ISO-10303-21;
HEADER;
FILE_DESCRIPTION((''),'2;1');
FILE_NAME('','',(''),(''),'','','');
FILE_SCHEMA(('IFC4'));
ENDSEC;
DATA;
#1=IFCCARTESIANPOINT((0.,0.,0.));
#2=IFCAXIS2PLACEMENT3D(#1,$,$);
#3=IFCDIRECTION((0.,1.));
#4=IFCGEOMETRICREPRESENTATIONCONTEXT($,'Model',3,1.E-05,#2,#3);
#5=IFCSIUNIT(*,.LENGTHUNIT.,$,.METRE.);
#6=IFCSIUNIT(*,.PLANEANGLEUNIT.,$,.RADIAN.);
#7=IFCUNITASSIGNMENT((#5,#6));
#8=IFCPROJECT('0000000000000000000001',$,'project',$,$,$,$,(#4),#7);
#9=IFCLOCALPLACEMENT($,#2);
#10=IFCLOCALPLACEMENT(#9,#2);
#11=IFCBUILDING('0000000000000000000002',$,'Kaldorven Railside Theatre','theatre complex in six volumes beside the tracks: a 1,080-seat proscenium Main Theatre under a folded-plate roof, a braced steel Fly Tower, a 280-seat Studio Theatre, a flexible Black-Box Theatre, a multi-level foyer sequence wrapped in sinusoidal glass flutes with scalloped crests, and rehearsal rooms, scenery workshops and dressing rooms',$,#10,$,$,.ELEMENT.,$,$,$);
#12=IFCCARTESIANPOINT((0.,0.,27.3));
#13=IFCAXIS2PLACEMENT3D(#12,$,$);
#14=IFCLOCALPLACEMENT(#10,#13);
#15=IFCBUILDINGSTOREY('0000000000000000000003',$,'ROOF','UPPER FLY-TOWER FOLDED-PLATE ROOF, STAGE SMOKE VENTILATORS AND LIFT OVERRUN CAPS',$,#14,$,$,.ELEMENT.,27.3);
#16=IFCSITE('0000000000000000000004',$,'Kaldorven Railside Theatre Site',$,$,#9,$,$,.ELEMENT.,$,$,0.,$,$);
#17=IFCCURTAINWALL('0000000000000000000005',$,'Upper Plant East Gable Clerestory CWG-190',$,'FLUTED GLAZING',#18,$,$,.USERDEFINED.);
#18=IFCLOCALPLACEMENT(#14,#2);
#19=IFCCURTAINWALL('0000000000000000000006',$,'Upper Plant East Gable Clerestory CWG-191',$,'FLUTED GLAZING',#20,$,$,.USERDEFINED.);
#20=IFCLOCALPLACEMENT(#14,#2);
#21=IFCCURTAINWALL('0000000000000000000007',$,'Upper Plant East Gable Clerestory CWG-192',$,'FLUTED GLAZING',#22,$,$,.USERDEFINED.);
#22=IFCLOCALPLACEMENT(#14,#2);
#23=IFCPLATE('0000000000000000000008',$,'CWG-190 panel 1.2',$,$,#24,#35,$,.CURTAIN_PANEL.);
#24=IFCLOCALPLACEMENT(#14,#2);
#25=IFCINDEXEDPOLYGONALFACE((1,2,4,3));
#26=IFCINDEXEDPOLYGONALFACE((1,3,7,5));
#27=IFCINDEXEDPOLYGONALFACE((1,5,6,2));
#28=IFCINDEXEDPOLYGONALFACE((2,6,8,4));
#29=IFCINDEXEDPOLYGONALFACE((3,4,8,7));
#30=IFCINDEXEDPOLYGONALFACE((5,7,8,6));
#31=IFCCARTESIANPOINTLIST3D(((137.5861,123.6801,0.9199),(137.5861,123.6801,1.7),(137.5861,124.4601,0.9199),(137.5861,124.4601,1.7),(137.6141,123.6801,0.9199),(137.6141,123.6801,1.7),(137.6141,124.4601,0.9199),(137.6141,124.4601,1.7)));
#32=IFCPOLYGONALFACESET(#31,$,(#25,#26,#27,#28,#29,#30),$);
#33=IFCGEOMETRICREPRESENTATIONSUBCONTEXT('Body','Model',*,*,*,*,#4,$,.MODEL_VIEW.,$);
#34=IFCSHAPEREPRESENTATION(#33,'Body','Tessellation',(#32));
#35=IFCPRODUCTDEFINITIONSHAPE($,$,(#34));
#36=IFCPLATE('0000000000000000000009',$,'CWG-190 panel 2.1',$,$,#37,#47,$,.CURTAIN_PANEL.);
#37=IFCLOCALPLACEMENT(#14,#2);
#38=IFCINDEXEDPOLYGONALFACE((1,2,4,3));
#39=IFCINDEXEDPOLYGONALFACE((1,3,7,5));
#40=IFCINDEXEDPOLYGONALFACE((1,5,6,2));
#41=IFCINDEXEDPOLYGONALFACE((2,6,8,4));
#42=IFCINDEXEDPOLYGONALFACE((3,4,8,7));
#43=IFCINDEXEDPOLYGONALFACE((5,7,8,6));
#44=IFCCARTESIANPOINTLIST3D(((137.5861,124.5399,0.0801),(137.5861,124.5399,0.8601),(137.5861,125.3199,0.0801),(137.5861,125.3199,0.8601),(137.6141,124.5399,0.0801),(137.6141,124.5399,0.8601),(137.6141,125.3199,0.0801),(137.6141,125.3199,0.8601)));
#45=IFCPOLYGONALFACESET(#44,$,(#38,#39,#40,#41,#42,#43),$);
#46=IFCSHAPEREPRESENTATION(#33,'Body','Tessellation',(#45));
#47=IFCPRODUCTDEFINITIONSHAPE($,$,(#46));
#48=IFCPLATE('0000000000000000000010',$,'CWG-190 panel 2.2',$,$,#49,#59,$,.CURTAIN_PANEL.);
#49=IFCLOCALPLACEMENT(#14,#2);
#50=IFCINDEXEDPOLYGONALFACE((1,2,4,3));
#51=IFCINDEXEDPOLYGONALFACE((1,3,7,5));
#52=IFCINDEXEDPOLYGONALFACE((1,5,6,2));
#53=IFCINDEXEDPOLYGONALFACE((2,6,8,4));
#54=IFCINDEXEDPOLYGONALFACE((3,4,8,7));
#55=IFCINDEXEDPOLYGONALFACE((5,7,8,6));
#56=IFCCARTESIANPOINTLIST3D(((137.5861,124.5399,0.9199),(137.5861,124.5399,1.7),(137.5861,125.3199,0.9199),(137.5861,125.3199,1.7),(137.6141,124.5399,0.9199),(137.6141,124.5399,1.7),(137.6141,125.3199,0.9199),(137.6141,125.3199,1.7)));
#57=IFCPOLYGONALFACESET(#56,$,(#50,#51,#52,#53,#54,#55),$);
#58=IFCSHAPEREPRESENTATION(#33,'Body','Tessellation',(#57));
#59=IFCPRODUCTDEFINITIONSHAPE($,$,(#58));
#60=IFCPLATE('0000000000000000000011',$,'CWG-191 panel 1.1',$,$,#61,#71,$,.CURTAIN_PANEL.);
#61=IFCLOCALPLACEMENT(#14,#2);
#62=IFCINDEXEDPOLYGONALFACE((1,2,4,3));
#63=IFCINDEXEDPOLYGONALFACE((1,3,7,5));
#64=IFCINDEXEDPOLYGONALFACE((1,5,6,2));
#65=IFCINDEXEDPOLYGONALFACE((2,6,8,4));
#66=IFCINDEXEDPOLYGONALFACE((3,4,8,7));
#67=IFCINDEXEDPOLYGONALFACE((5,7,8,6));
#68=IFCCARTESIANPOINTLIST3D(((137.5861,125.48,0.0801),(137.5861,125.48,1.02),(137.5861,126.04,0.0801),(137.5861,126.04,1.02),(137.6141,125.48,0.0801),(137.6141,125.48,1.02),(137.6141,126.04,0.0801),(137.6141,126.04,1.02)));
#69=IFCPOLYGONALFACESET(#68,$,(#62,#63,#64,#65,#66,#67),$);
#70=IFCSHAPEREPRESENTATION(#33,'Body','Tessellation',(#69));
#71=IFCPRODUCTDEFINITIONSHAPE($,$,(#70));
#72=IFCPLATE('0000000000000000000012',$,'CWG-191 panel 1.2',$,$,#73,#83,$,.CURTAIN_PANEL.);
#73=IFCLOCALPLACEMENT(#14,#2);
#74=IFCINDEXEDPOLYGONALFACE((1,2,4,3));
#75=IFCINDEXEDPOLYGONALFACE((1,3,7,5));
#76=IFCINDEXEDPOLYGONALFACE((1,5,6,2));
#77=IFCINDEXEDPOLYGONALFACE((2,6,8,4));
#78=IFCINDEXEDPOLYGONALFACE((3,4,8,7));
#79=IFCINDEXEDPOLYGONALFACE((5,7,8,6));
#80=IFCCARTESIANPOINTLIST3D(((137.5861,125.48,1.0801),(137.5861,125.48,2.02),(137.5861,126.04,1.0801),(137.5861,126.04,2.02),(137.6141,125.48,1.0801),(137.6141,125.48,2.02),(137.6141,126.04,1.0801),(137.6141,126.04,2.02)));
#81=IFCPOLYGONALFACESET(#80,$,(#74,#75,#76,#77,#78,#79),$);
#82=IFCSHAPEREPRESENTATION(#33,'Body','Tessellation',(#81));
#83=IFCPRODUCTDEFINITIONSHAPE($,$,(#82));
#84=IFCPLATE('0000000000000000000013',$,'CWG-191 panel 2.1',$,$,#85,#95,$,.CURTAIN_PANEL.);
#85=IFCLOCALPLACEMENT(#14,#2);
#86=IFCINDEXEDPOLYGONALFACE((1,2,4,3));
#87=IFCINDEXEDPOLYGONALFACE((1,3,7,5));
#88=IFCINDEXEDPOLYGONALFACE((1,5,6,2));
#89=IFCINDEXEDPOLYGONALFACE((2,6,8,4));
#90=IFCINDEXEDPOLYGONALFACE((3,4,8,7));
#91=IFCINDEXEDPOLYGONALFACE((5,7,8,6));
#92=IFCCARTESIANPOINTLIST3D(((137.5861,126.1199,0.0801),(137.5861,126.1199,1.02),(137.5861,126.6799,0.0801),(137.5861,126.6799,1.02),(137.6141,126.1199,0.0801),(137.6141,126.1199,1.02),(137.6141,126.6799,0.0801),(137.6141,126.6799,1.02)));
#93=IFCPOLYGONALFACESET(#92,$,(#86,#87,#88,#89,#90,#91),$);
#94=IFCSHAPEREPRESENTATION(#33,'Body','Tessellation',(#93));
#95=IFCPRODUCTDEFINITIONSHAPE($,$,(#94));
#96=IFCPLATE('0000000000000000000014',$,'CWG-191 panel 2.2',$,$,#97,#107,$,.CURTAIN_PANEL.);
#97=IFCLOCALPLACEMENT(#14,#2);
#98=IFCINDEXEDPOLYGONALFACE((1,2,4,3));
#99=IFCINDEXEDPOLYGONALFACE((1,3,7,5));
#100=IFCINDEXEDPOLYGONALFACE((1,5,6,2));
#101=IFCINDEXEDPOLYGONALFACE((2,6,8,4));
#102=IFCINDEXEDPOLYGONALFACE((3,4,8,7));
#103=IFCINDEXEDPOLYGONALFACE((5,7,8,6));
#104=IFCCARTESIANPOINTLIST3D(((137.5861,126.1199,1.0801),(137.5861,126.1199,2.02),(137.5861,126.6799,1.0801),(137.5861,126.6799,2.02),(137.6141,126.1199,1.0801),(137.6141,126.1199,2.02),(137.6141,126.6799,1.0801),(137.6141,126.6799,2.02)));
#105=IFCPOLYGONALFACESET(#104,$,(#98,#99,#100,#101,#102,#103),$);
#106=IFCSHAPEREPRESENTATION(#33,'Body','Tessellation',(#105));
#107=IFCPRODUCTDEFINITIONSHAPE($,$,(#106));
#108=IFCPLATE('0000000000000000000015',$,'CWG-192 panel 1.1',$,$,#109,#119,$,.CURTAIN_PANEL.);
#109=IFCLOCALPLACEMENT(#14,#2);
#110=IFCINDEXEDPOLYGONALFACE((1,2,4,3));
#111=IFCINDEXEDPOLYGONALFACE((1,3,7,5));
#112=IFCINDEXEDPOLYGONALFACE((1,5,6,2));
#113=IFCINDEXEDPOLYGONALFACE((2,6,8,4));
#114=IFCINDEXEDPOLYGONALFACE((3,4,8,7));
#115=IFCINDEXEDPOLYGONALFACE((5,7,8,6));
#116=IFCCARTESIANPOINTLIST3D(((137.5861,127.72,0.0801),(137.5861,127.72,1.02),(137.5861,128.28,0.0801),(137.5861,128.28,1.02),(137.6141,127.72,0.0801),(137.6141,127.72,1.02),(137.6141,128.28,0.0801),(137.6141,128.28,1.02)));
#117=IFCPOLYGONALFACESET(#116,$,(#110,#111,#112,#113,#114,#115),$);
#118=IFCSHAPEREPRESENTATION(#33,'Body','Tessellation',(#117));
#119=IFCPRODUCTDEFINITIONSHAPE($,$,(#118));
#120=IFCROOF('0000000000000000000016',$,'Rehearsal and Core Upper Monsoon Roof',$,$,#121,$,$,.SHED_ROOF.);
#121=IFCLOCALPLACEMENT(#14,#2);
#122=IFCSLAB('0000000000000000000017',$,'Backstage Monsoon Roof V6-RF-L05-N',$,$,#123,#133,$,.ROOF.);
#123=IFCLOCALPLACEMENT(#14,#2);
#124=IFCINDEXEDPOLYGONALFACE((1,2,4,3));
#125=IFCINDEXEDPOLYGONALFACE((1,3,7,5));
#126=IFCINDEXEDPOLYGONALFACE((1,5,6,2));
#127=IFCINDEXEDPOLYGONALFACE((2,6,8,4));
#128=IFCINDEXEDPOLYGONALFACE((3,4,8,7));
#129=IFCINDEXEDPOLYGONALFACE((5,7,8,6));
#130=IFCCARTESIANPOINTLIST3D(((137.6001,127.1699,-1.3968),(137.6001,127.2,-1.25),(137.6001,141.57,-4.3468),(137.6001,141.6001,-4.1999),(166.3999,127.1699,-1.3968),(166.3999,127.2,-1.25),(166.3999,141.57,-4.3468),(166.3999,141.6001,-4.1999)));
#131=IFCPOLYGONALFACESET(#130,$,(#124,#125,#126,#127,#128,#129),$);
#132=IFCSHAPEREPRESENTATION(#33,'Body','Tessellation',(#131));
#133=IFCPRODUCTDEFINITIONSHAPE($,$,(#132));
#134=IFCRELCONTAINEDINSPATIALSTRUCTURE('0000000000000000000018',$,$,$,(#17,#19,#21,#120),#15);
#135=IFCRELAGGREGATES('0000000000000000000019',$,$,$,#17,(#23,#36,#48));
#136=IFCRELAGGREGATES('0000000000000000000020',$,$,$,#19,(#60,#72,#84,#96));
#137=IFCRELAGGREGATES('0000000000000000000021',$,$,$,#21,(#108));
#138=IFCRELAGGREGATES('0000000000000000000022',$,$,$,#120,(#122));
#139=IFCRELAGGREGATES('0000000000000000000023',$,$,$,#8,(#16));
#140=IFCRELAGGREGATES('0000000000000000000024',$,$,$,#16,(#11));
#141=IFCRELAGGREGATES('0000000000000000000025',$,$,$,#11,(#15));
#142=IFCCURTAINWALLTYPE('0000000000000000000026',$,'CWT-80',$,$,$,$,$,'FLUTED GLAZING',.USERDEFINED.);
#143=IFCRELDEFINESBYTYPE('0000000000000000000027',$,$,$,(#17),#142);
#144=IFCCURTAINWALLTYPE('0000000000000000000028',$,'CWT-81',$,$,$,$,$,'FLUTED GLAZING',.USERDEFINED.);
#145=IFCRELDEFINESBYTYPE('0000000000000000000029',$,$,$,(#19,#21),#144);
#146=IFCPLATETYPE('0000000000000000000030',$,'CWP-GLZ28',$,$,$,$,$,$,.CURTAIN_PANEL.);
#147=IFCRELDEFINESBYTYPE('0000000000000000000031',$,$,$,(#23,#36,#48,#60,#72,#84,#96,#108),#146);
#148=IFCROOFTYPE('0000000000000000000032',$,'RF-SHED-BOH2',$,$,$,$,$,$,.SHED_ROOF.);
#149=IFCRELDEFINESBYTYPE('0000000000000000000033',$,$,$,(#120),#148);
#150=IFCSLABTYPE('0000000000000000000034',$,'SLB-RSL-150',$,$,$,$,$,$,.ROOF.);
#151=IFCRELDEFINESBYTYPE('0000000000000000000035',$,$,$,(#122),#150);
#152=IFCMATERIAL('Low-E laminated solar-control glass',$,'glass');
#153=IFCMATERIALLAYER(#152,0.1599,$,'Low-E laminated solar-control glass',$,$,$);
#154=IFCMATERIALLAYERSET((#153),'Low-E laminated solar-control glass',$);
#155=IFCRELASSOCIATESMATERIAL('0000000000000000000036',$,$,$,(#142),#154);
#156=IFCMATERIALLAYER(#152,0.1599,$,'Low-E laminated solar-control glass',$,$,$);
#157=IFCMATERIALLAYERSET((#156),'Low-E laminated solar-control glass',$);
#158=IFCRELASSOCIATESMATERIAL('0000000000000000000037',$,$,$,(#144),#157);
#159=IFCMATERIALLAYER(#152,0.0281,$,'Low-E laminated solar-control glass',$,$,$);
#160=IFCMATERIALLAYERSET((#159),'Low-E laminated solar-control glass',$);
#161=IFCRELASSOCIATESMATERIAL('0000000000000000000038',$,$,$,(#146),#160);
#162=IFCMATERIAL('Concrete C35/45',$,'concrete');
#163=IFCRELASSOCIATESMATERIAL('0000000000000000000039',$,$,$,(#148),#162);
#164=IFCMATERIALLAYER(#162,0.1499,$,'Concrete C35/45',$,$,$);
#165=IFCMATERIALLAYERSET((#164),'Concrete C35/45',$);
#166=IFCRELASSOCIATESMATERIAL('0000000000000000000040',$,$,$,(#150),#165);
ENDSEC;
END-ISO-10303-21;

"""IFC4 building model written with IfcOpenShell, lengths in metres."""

from ifc_helpers import new_model, si_unit, direction, frame, origin, origin_2d, place, context, subcontext, project, spatial, polyline, rectangle, outline, extrude, material, layer, layer_set, type_object, element, aggregate, save


model = new_model("IFC4")

# Units and contexts
model_context = context("Model", 3, precision=1e-05, world=origin(), true_north=direction((0.0, 1.0)))
body_context = subcontext(model_context, "Body", "Model", "MODEL_VIEW")
ifc_project = project(units=[si_unit("LENGTHUNIT", "METRE"), si_unit("PLANEANGLEUNIT", "RADIAN")], contexts=[model_context])

# Site, building, storey
site_placement = place(None, origin())
site = spatial("IfcSite", under=ifc_project, at=site_placement, Name="Kaldorven Railside Theatre Site", CompositionType="ELEMENT", RefElevation=0.0)
building_placement = place(site_placement, origin())
building = spatial("IfcBuilding", under=site, at=building_placement, Name="Kaldorven Railside Theatre", Description="theatre complex in six volumes beside the tracks: a 1,080-seat proscenium Main Theatre under a folded-plate roof, a braced steel Fly Tower, a 280-seat Studio Theatre, a flexible Black-Box Theatre, a multi-level foyer sequence wrapped in sinusoidal glass flutes with scalloped crests, and rehearsal rooms, scenery workshops and dressing rooms", CompositionType="ELEMENT")
storey_placement = place(building_placement, frame((0.0, 0.0, 27.3)))
storey = spatial("IfcBuildingStorey", under=building, at=storey_placement, Name="ROOF", Description="UPPER FLY-TOWER FOLDED-PLATE ROOF, STAGE SMOKE VENTILATORS AND LIFT OVERRUN CAPS", CompositionType="ELEMENT", Elevation=27.3)

# Curtain walls
ifc_material_1 = material(Name="Low-E laminated solar-control glass", Category="glass")
ifc_layer_1 = layer(ifc_material_1, 0.1599, Name="Low-E laminated solar-control glass")
ifc_layer_set_1 = layer_set([ifc_layer_1], Name="Low-E laminated solar-control glass")
curtain_wall_type_1 = type_object("IfcCurtainWallType", Name="CWT-80", ElementType="FLUTED GLAZING", PredefinedType="USERDEFINED", material=ifc_layer_set_1)
curtain_wall_1_placement = place(storey_placement, origin())
curtain_wall_1 = element("IfcCurtainWall", 1, at=curtain_wall_1_placement, inside=storey, type_object=curtain_wall_type_1, Name="Upper Plant East Gable Clerestory CWG-190", ObjectType="FLUTED GLAZING", PredefinedType="USERDEFINED")
ifc_layer_2 = layer(ifc_material_1, 0.1599, Name="Low-E laminated solar-control glass")
ifc_layer_set_2 = layer_set([ifc_layer_2], Name="Low-E laminated solar-control glass")
curtain_wall_type_2 = type_object("IfcCurtainWallType", Name="CWT-81", ElementType="FLUTED GLAZING", PredefinedType="USERDEFINED", material=ifc_layer_set_2)
curtain_wall_2_placement = place(storey_placement, origin())
curtain_wall_2 = element("IfcCurtainWall", 2, at=curtain_wall_2_placement, inside=storey, type_object=curtain_wall_type_2, Name="Upper Plant East Gable Clerestory CWG-191", ObjectType="FLUTED GLAZING", PredefinedType="USERDEFINED")

# Curtain wall
curtain_wall_3_placement = place(storey_placement, origin())
curtain_wall_3 = element("IfcCurtainWall", 3, at=curtain_wall_3_placement, inside=storey, type_object=curtain_wall_type_2, Name="Upper Plant East Gable Clerestory CWG-192", ObjectType="FLUTED GLAZING", PredefinedType="USERDEFINED")

# Plates
ifc_layer_3 = layer(ifc_material_1, 0.0281, Name="Low-E laminated solar-control glass")
ifc_layer_set_3 = layer_set([ifc_layer_3], Name="Low-E laminated solar-control glass")
plate_type = type_object("IfcPlateType", Name="CWP-GLZ28", PredefinedType="CURTAIN_PANEL", material=ifc_layer_set_3)
plate_1_placement = place(storey_placement, frame((137.6001, 124.0701, 0.9199), z_axis=(0.0, 0.0, 1.0), x_axis=(0.0, 1.0, 0.0)))
plate_1 = element("IfcPlate", 4, at=plate_1_placement, type_object=plate_type, Name="CWG-190 panel 1.2", PredefinedType="CURTAIN_PANEL", context=body_context, shape_type="SweptSolid", body=[
    extrude(rectangle(XDim=0.78, YDim=0.0281, at=origin_2d()), origin(), (0.0, 0.0, 1.0), 0.78),
])
plate_2_placement = place(storey_placement, frame((137.6001, 124.9299, 0.0801), z_axis=(0.0, 0.0, 1.0), x_axis=(0.0, 1.0, 0.0)))
plate_2 = element("IfcPlate", 5, at=plate_2_placement, type_object=plate_type, Name="CWG-190 panel 2.1", PredefinedType="CURTAIN_PANEL", context=body_context, shape_type="SweptSolid", body=[
    extrude(rectangle(XDim=0.78, YDim=0.0281, at=origin_2d()), origin(), (0.0, 0.0, 1.0), 0.78),
])
plate_3_placement = place(storey_placement, frame((137.6001, 124.9299, 0.9199), z_axis=(0.0, 0.0, 1.0), x_axis=(0.0, 1.0, 0.0)))
plate_3 = element("IfcPlate", 6, at=plate_3_placement, type_object=plate_type, Name="CWG-190 panel 2.2", PredefinedType="CURTAIN_PANEL", context=body_context, shape_type="SweptSolid", body=[
    extrude(rectangle(XDim=0.78, YDim=0.0281, at=origin_2d()), origin(), (0.0, 0.0, 1.0), 0.78),
])
aggregate(curtain_wall_1, [plate_1, plate_2, plate_3])
plate_4_placement = place(storey_placement, frame((137.6001, 125.76, 0.0801), z_axis=(0.0, 0.0, 1.0), x_axis=(0.0, 1.0, 0.0)))
plate_4 = element("IfcPlate", 7, at=plate_4_placement, type_object=plate_type, Name="CWG-191 panel 1.1", PredefinedType="CURTAIN_PANEL", context=body_context, shape_type="SweptSolid", body=[
    extrude(rectangle(XDim=0.5601, YDim=0.0281, at=origin_2d()), origin(), (0.0, 0.0, 1.0), 0.9399),
])
plate_5_placement = place(storey_placement, frame((137.6001, 125.76, 1.0801), z_axis=(0.0, 0.0, 1.0), x_axis=(0.0, 1.0, 0.0)))
plate_5 = element("IfcPlate", 8, at=plate_5_placement, type_object=plate_type, Name="CWG-191 panel 1.2", PredefinedType="CURTAIN_PANEL", context=body_context, shape_type="SweptSolid", body=[
    extrude(rectangle(XDim=0.5601, YDim=0.0281, at=origin_2d()), origin(), (0.0, 0.0, 1.0), 0.9399),
])
plate_6_placement = place(storey_placement, frame((137.6001, 126.3999, 0.0801), z_axis=(0.0, 0.0, 1.0), x_axis=(0.0, 1.0, 0.0)))
plate_6 = element("IfcPlate", 9, at=plate_6_placement, type_object=plate_type, Name="CWG-191 panel 2.1", PredefinedType="CURTAIN_PANEL", context=body_context, shape_type="SweptSolid", body=[
    extrude(rectangle(XDim=0.5601, YDim=0.0281, at=origin_2d()), origin(), (0.0, 0.0, 1.0), 0.9399),
])
plate_7_placement = place(storey_placement, frame((137.6001, 126.3999, 1.0801), z_axis=(0.0, 0.0, 1.0), x_axis=(0.0, 1.0, 0.0)))
plate_7 = element("IfcPlate", 10, at=plate_7_placement, type_object=plate_type, Name="CWG-191 panel 2.2", PredefinedType="CURTAIN_PANEL", context=body_context, shape_type="SweptSolid", body=[
    extrude(rectangle(XDim=0.5601, YDim=0.0281, at=origin_2d()), origin(), (0.0, 0.0, 1.0), 0.9399),
])
aggregate(curtain_wall_2, [plate_4, plate_5, plate_6, plate_7])
plate_8_placement = place(storey_placement, frame((137.6001, 128.0, 0.0801), z_axis=(0.0, 0.0, 1.0), x_axis=(0.0, 1.0, 0.0)))
plate_8 = element("IfcPlate", 11, at=plate_8_placement, type_object=plate_type, Name="CWG-192 panel 1.1", PredefinedType="CURTAIN_PANEL", context=body_context, shape_type="SweptSolid", body=[
    extrude(rectangle(XDim=0.5601, YDim=0.0281, at=origin_2d()), origin(), (0.0, 0.0, 1.0), 0.9399),
])
aggregate(curtain_wall_3, [plate_8])

# Roof, slab
ifc_material_2 = material(Name="Concrete C35/45", Category="concrete")
roof_type = type_object("IfcRoofType", Name="RF-SHED-BOH2", PredefinedType="SHED_ROOF", material=ifc_material_2)
roof_placement = place(storey_placement, origin())
roof = element("IfcRoof", 12, at=roof_placement, inside=storey, type_object=roof_type, Name="Rehearsal and Core Upper Monsoon Roof", PredefinedType="SHED_ROOF")
ifc_layer_4 = layer(ifc_material_2, 0.1499, Name="Concrete C35/45")
ifc_layer_set_4 = layer_set([ifc_layer_4], Name="Concrete C35/45")
slab_type = type_object("IfcSlabType", Name="SLB-RSL-150", PredefinedType="ROOF", material=ifc_layer_set_4)
placement = place(building_placement, frame((0.0, 0.0, 23.1001)))
slab_placement = place(placement, frame((137.6001, 127.2, 2.95), z_axis=(0.0, 0.200688, 0.979655), x_axis=(1.0, 0.0, 0.0)))
slab = element("IfcSlab", 13, at=slab_placement, type_object=slab_type, Name="Backstage Monsoon Roof V6-RF-L05-N", PredefinedType="ROOF", context=body_context, shape_type="SweptSolid", body=[
    extrude(outline(polyline([(0.0, 0.0), (28.7998, 0.0), (28.7998, 14.6992), (0.0, 14.6992), (0.0, 0.0)])), origin(), (0.0, 0.0, -1.0), 0.1499),
])
aggregate(roof, [slab])

save(model, "model.ifc")
